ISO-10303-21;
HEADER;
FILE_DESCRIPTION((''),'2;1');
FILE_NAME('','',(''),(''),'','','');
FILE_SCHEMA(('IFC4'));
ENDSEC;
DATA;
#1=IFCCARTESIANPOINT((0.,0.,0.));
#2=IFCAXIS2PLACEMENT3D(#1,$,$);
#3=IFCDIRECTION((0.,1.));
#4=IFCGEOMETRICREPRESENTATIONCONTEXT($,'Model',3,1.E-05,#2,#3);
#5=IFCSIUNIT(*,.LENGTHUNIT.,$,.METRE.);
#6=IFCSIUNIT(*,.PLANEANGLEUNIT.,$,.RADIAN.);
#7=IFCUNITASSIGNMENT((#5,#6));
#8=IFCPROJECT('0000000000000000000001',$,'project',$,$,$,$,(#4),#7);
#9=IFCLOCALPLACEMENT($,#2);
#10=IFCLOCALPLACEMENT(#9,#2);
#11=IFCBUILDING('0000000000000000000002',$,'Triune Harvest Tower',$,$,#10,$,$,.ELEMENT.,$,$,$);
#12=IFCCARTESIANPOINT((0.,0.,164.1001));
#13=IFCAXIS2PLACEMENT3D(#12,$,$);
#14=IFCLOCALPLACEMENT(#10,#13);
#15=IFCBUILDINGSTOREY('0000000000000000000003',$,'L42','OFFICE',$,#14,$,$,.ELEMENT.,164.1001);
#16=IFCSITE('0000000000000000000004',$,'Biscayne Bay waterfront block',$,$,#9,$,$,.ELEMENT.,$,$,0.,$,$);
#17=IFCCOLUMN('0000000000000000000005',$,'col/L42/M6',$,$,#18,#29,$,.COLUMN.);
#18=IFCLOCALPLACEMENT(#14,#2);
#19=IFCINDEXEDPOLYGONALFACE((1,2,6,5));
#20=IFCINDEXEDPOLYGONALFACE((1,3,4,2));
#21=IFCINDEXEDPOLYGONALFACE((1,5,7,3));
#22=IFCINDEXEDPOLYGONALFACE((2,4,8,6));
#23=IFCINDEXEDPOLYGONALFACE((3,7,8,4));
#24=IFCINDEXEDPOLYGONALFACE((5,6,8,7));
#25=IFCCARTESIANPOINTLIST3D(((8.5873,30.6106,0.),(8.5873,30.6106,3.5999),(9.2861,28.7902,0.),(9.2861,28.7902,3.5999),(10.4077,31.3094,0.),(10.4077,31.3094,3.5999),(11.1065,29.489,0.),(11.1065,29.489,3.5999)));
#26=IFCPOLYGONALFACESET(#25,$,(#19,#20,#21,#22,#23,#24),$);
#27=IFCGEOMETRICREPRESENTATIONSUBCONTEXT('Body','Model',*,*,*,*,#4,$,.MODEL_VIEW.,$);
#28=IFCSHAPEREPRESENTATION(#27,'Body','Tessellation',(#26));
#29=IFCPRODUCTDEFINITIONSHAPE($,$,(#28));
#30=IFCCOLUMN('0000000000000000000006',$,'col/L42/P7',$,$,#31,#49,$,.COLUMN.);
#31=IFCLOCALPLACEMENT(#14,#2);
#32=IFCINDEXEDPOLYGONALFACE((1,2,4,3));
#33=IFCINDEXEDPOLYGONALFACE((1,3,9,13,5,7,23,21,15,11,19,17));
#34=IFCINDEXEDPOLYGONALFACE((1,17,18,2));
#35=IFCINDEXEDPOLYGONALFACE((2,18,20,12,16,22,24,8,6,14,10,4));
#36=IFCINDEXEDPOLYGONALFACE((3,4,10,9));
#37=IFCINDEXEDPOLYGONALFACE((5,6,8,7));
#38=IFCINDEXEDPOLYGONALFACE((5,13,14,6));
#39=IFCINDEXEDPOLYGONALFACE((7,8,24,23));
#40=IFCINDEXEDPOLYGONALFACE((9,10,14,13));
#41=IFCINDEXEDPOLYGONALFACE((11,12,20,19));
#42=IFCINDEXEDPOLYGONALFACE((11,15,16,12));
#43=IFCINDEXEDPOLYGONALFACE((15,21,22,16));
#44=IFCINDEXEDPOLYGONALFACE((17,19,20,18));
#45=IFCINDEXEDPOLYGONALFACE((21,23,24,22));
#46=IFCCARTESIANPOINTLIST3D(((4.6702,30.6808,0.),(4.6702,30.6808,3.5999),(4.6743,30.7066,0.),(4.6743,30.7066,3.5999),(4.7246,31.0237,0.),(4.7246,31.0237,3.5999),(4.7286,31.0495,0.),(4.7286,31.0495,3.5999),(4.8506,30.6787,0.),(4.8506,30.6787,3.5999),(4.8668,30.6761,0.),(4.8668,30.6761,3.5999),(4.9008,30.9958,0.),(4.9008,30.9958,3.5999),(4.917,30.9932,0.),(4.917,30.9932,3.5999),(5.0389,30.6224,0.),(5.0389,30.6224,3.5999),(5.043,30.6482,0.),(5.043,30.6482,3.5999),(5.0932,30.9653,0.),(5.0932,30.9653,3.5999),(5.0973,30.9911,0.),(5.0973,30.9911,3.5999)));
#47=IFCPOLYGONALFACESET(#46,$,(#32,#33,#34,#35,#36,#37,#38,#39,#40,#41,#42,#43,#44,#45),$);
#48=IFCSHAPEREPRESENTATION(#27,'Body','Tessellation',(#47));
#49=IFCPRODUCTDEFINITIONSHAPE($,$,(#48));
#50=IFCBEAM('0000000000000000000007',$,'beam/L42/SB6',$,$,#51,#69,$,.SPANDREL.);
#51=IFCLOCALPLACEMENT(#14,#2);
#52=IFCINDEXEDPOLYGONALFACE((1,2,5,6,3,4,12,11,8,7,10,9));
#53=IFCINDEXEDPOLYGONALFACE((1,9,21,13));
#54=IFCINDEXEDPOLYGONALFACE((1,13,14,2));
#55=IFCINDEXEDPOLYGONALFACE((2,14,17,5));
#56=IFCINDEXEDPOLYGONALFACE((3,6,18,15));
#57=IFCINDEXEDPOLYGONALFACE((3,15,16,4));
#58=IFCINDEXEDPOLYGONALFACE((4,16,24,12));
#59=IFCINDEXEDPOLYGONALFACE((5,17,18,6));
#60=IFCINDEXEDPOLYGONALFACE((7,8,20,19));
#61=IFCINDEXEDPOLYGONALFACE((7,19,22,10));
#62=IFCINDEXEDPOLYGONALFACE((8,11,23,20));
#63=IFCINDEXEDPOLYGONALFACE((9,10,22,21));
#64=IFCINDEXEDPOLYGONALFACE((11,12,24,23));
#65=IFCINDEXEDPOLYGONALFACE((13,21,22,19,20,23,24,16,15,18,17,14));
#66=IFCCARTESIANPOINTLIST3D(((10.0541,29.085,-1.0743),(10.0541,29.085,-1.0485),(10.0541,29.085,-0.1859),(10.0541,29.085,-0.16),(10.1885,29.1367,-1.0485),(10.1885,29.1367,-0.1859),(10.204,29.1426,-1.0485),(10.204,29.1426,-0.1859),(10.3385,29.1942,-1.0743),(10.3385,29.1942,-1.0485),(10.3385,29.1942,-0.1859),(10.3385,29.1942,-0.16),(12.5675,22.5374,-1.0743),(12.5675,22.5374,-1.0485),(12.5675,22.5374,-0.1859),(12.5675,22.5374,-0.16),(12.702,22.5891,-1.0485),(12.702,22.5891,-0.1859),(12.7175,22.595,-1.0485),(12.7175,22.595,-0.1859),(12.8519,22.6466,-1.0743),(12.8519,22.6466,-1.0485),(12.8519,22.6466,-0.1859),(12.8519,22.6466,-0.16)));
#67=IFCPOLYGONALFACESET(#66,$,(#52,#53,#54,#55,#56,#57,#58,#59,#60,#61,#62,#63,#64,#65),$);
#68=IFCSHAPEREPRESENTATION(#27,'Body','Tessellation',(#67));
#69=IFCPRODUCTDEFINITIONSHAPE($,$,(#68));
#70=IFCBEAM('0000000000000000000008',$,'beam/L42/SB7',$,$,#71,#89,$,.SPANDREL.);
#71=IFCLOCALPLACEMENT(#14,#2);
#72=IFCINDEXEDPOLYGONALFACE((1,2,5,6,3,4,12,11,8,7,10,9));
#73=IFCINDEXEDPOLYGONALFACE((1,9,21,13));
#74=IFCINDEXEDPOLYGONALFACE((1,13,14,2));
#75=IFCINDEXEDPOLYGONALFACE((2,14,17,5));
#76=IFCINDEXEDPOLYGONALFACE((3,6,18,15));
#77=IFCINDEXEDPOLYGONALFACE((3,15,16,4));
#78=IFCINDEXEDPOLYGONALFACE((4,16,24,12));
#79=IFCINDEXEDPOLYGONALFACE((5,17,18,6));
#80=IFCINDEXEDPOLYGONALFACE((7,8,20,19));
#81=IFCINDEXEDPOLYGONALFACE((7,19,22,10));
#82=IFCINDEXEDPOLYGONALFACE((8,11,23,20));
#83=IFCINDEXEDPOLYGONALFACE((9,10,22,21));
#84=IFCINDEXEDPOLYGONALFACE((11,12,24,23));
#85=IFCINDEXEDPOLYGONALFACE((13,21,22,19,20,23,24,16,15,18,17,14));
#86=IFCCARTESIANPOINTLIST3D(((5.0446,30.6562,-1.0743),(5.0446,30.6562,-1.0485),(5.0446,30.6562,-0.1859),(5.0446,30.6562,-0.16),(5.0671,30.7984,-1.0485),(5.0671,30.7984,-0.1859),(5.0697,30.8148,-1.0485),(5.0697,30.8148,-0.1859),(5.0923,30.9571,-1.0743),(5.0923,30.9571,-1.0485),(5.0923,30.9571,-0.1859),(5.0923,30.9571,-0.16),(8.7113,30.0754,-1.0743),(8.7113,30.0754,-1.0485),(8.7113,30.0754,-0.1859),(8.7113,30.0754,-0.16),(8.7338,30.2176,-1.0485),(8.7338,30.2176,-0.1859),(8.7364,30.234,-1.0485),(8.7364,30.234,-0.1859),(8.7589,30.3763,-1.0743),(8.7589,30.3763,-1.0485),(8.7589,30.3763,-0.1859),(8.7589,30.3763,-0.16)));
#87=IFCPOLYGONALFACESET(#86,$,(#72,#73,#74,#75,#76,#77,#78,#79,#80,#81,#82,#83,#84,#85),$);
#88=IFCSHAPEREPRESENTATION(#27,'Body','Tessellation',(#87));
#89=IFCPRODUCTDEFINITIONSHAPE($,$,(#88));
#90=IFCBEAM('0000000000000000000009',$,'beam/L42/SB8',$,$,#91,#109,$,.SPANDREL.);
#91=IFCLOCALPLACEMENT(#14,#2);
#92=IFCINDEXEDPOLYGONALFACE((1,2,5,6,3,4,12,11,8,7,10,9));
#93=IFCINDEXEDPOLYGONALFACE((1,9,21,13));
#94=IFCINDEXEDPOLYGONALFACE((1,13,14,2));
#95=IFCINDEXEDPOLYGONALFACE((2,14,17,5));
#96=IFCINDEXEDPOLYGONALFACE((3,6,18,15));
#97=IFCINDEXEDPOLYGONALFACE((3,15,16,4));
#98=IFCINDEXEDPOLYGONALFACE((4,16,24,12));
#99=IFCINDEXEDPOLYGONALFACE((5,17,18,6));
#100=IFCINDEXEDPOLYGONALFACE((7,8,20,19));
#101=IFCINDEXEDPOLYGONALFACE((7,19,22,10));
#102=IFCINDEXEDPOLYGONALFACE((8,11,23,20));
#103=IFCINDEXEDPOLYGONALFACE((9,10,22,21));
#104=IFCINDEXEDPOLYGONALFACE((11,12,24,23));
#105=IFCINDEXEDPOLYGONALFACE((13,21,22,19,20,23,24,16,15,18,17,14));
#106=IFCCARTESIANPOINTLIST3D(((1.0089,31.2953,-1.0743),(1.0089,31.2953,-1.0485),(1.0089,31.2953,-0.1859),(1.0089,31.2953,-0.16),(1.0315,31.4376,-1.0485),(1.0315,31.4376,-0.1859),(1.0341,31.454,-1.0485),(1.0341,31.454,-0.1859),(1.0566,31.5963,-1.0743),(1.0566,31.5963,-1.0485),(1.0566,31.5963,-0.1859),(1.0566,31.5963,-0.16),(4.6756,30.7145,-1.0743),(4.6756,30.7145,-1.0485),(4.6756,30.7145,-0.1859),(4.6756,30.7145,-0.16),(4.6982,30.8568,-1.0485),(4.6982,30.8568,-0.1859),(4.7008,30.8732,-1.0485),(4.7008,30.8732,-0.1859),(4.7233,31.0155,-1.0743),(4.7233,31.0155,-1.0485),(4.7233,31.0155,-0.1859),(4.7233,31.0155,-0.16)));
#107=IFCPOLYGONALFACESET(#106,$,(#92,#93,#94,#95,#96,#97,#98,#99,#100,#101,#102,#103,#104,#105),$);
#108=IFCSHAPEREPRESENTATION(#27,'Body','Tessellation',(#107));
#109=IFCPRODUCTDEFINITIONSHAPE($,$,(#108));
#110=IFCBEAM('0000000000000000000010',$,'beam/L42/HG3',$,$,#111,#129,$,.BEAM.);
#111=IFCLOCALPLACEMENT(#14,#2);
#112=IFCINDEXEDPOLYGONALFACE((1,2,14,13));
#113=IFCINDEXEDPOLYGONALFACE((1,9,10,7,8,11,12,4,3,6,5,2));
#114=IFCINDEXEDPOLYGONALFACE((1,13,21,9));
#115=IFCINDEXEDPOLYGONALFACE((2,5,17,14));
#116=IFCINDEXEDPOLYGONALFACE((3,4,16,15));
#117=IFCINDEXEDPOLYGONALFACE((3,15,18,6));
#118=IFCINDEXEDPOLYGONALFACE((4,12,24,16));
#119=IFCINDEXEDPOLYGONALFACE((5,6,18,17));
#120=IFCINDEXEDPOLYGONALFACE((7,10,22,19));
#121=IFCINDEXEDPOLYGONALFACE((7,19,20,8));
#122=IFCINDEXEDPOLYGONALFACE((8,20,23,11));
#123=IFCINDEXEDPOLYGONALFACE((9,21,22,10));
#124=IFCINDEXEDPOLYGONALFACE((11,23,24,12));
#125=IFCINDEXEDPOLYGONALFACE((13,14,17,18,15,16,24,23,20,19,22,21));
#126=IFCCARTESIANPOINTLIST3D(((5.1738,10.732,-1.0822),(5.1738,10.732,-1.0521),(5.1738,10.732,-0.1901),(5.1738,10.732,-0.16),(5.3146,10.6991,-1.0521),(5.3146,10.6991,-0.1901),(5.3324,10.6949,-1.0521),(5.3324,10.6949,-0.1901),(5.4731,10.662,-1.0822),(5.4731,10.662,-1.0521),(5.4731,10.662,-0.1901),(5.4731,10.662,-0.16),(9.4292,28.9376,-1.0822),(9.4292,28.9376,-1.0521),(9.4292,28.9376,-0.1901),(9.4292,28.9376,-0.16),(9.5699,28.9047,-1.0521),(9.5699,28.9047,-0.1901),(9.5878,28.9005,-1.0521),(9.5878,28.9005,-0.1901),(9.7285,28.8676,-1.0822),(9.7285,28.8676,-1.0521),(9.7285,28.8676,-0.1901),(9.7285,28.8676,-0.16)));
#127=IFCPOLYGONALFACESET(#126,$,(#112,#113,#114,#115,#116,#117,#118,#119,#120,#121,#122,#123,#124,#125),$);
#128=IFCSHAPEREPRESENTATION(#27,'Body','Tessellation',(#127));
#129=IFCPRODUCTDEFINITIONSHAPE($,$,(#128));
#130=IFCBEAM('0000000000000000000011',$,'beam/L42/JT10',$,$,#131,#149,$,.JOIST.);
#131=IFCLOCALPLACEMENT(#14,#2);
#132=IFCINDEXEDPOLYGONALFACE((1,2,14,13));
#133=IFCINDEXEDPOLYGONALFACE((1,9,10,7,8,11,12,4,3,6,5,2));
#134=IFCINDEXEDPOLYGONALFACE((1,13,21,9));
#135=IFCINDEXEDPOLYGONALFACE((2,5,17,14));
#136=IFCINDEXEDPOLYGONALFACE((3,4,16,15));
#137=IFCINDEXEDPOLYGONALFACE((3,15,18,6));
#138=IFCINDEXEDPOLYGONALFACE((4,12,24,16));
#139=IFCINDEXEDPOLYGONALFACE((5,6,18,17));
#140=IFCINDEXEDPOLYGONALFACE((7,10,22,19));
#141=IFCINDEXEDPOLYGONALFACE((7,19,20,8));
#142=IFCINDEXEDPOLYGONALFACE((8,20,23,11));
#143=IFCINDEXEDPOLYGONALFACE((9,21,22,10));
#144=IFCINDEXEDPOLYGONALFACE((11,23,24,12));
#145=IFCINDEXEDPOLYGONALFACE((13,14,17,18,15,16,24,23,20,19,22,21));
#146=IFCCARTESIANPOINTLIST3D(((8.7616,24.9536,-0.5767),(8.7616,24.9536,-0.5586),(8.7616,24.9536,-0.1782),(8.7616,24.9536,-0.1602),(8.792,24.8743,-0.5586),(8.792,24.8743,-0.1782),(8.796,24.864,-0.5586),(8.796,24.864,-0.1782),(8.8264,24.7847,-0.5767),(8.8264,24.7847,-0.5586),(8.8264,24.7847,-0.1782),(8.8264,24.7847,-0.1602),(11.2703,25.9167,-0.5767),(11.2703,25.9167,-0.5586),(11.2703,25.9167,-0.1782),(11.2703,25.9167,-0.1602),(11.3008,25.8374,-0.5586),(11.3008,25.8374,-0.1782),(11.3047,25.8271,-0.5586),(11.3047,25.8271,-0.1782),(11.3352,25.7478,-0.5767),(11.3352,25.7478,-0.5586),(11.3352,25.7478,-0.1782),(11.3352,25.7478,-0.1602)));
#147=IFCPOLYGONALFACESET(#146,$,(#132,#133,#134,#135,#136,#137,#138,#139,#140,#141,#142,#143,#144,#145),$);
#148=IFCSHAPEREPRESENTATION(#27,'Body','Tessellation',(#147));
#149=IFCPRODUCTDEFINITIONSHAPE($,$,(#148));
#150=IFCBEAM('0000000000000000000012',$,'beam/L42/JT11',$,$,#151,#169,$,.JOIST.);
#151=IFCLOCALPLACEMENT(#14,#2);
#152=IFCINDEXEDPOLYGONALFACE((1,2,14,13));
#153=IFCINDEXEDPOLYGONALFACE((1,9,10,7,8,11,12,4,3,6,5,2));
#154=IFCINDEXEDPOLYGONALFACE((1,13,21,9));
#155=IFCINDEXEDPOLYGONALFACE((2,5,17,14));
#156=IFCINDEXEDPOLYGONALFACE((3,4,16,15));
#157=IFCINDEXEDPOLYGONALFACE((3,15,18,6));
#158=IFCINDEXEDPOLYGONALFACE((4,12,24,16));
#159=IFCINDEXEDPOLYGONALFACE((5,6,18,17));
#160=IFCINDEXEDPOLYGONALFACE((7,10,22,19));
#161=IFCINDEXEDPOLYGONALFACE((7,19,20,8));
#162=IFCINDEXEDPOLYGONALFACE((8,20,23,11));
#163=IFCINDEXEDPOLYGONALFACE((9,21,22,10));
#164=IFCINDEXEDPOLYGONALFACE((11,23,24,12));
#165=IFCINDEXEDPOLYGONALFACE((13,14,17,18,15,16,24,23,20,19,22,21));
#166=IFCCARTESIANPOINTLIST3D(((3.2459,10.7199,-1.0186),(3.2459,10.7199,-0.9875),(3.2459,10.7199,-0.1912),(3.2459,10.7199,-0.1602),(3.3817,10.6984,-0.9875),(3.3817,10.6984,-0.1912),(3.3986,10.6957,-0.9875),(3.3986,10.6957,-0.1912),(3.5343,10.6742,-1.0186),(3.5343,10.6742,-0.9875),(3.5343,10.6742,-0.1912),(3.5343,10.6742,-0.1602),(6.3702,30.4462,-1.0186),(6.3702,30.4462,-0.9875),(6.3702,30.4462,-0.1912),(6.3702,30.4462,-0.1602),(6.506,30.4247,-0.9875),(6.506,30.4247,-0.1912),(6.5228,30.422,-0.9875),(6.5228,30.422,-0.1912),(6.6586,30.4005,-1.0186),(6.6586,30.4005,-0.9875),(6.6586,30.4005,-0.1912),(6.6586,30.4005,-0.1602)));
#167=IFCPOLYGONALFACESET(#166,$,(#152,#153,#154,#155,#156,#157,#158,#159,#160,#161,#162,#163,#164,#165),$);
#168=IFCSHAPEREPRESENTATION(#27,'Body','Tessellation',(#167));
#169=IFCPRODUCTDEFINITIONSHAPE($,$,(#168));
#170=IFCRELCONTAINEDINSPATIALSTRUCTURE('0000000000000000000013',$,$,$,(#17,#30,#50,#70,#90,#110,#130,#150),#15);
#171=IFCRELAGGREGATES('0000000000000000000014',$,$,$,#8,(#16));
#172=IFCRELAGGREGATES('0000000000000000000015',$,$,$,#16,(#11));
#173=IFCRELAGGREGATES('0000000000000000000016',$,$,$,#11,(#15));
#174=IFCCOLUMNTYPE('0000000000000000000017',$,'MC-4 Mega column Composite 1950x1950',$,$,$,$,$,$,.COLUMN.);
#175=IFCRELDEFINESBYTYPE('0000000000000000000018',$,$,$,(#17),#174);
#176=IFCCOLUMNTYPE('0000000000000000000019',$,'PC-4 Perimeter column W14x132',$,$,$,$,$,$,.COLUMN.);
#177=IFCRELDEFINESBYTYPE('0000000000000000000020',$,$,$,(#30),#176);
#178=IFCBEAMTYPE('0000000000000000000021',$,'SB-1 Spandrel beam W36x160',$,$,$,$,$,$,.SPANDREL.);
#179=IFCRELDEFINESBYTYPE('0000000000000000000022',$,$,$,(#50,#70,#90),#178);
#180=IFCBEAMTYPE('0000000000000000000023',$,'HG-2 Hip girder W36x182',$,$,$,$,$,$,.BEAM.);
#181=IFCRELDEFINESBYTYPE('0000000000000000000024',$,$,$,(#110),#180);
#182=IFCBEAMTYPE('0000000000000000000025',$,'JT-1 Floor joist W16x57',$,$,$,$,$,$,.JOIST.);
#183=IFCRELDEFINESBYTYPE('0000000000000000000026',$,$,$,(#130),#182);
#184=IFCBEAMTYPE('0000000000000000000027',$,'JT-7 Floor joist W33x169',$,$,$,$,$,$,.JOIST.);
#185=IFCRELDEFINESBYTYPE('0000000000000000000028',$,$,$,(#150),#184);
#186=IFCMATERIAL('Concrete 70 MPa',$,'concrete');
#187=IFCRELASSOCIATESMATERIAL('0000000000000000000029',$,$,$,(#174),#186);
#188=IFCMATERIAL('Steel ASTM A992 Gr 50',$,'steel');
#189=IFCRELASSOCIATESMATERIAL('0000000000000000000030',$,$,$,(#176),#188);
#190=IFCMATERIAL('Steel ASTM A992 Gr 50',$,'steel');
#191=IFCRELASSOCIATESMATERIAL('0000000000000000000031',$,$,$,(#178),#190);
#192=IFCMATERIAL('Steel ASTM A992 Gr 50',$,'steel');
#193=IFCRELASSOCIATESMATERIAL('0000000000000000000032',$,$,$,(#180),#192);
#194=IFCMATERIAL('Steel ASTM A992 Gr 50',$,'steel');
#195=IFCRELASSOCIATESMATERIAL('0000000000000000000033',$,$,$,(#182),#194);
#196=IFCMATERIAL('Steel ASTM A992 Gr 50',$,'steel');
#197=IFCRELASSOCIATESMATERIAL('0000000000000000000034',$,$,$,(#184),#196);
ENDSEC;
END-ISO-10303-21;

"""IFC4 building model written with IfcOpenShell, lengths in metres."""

from ifc_helpers import new_model, si_unit, direction, frame, origin, origin_2d, place, context, subcontext, project, spatial, rectangle, i_section, extrude, source, transform, mapped, material, material_profile, profile_set, type_object, element, save


model = new_model("IFC4")

# Units and contexts
model_context = context("Model", 3, precision=1e-05, world=origin(), true_north=direction((0.0, 1.0)))
body_context = subcontext(model_context, "Body", "Model", "MODEL_VIEW")
ifc_project = project(units=[si_unit("LENGTHUNIT", "METRE"), si_unit("PLANEANGLEUNIT", "RADIAN")], contexts=[model_context])

# Site, building, storey
site_placement = place(None, origin())
site = spatial("IfcSite", under=ifc_project, at=site_placement, Name="Biscayne Bay waterfront block", CompositionType="ELEMENT", RefElevation=0.0)
building_placement = place(site_placement, origin())
building = spatial("IfcBuilding", under=site, at=building_placement, Name="Triune Harvest Tower", CompositionType="ELEMENT")
storey_placement = place(building_placement, frame((0.0, 0.0, 164.1001)))
storey = spatial("IfcBuildingStorey", under=building, at=storey_placement, Name="L42", Description="OFFICE", CompositionType="ELEMENT", Elevation=164.1001)

# Columns
ifc_material_1 = material(Name="Concrete 70 MPa", Category="concrete")
ifc_material_profile_1 = material_profile(ifc_material_1, rectangle(XDim=1.95, YDim=1.95, at=origin_2d()), Name="Composite 1950x1950")
ifc_profile_set_1 = profile_set([ifc_material_profile_1], Name="Concrete 70 MPa")
column_type_1 = type_object("IfcColumnType", Name="MC-4 Mega column Composite 1950x1950", PredefinedType="COLUMN", material=ifc_profile_set_1)
shared_shape_1 = source(origin(), body_context, "Body", "SweptSolid", [
    extrude(rectangle(XDim=1.95, YDim=1.95, at=origin_2d()), origin(), (0.0, 0.0, 1.0), 3.5999),
])
column_1_placement = place(storey_placement, frame((9.8469, 30.0498, 0.0), z_axis=(0.0, 0.0, 1.0), x_axis=(-0.358368, 0.93358, 0.0)))
element("IfcColumn", 1, at=column_1_placement, inside=storey, type_object=column_type_1, Name="col/L42/M6", PredefinedType="COLUMN", context=body_context, shape_type="MappedRepresentation", body=[
    mapped(shared_shape_1, transform((0.0, 0.0, 0.0), scale=1.0)),
])
ifc_material_2 = material(Name="Steel ASTM A992 Gr 50", Category="steel")
ifc_material_profile_2 = material_profile(ifc_material_2, i_section(OverallWidth=0.3733, OverallDepth=0.3733, WebThickness=0.0164, FlangeThickness=0.0261, at=origin_2d()), Name="W14x132")
ifc_profile_set_2 = profile_set([ifc_material_profile_2], Name="Steel ASTM A992 Gr 50")
column_type_2 = type_object("IfcColumnType", Name="PC-4 Perimeter column W14x132", PredefinedType="COLUMN", material=ifc_profile_set_2)
shared_shape_2 = source(origin(), body_context, "Body", "SweptSolid", [
    extrude(i_section(OverallWidth=0.3733, OverallDepth=0.3733, WebThickness=0.0164, FlangeThickness=0.0261, at=origin_2d()), origin(), (0.0, 0.0, 1.0), 3.5999),
])
column_2_placement = place(storey_placement, frame((4.8838, 30.8359, 0.0), z_axis=(0.0, 0.0, 1.0), x_axis=(-0.987688, 0.156434, 0.0)))
element("IfcColumn", 2, at=column_2_placement, inside=storey, type_object=column_type_2, Name="col/L42/P7", PredefinedType="COLUMN", context=body_context, shape_type="MappedRepresentation", body=[
    mapped(shared_shape_2, transform((0.0, 0.0, 0.0), scale=1.0)),
])

# Beams
ifc_material_3 = material(Name="Steel ASTM A992 Gr 50", Category="steel")
ifc_material_profile_3 = material_profile(ifc_material_3, i_section(OverallWidth=0.3047, OverallDepth=0.9143, WebThickness=0.0166, FlangeThickness=0.0259, at=origin_2d()), Name="W36x160")
ifc_profile_set_3 = profile_set([ifc_material_profile_3], Name="Steel ASTM A992 Gr 50")
beam_type_1 = type_object("IfcBeamType", Name="SB-1 Spandrel beam W36x160", PredefinedType="SPANDREL", material=ifc_profile_set_3)
shared_shape_3 = source(origin(), body_context, "Body", "SweptSolid", [
    extrude(i_section(OverallWidth=0.3047, OverallDepth=0.9143, WebThickness=0.0166, FlangeThickness=0.0259, at=origin_2d()), origin(), (0.0, 0.0, 1.0), 7.0134),
])
beam_1_placement = place(storey_placement, frame((12.7097, 22.592, -0.6172), z_axis=(-0.358373, 0.933579, 0.0), x_axis=(-0.933579, -0.358373, 0.0)))
element("IfcBeam", 3, at=beam_1_placement, inside=storey, type_object=beam_type_1, Name="beam/L42/SB6", PredefinedType="SPANDREL", context=body_context, shape_type="MappedRepresentation", body=[
    mapped(shared_shape_3, transform((0.0, 0.0, 0.0), scale=1.0)),
])
shared_shape_4 = source(origin(), body_context, "Body", "SweptSolid", [
    extrude(i_section(OverallWidth=0.3047, OverallDepth=0.9143, WebThickness=0.0166, FlangeThickness=0.0259, at=origin_2d()), origin(), (0.0, 0.0, 1.0), 3.7124),
])
for number, where, z_axis, x_axis, name in (
    (4, (8.7351, 30.2258, -0.6172), (-0.987686, 0.156449, 0.0), (-0.156449, -0.987686, 0.0), "beam/L42/SB7"),
    (5, (4.6995, 30.865, -0.6172), (-0.987686, 0.156449, 0.0), (-0.156449, -0.987686, 0.0), "beam/L42/SB8"),
):
    element("IfcBeam", number, at=place(storey_placement, frame(where, z_axis=z_axis, x_axis=x_axis)), inside=storey, type_object=beam_type_1, Name=name, PredefinedType="SPANDREL", context=body_context, shape_type="MappedRepresentation", body=[
        mapped(shared_shape_4, transform((0.0, 0.0, 0.0), scale=1.0)),
    ])
ifc_material_4 = material(Name="Steel ASTM A992 Gr 50", Category="steel")
ifc_material_profile_4 = material_profile(ifc_material_4, i_section(OverallWidth=0.3074, OverallDepth=0.9221, WebThickness=0.0183, FlangeThickness=0.03, at=origin_2d()), Name="W36x182")
ifc_profile_set_4 = profile_set([ifc_material_profile_4], Name="Steel ASTM A992 Gr 50")
beam_type_2 = type_object("IfcBeamType", Name="HG-2 Hip girder W36x182", PredefinedType="BEAM", material=ifc_profile_set_4)
shared_shape_5 = source(origin(), body_context, "Body", "SweptSolid", [
    extrude(i_section(OverallWidth=0.3074, OverallDepth=0.9221, WebThickness=0.0183, FlangeThickness=0.03, at=origin_2d()), origin(), (0.0, 0.0, 1.0), 18.6963),
])
beam_2_placement = place(storey_placement, frame((9.5789, 28.9026, -0.6211), z_axis=(-0.227605, -0.973753, 0.0), x_axis=(0.973753, -0.227605, 0.0)))
element("IfcBeam", 6, at=beam_2_placement, inside=storey, type_object=beam_type_2, Name="beam/L42/HG3", PredefinedType="BEAM", context=body_context, shape_type="MappedRepresentation", body=[
    mapped(shared_shape_5, transform((0.0, 0.0, 0.0), scale=1.0)),
])
ifc_material_5 = material(Name="Steel ASTM A992 Gr 50", Category="steel")
ifc_material_profile_5 = material_profile(ifc_material_5, i_section(OverallWidth=0.1809, OverallDepth=0.4165, WebThickness=0.011, FlangeThickness=0.0181, at=origin_2d()), Name="W16x57")
ifc_profile_set_5 = profile_set([ifc_material_profile_5], Name="Steel ASTM A992 Gr 50")
beam_type_3 = type_object("IfcBeamType", Name="JT-1 Floor joist W16x57", PredefinedType="JOIST", material=ifc_profile_set_5)
shared_shape_6 = source(origin(), body_context, "Body", "SweptSolid", [
    extrude(i_section(OverallWidth=0.1809, OverallDepth=0.4165, WebThickness=0.011, FlangeThickness=0.0181, at=origin_2d()), origin(), (0.0, 0.0, 1.0), 2.6873),
])
beam_3_placement = place(storey_placement, frame((11.3027, 25.8323, -0.3684), z_axis=(-0.933568, -0.358401, 0.0), x_axis=(0.358401, -0.933568, 0.0)))
element("IfcBeam", 7, at=beam_3_placement, inside=storey, type_object=beam_type_3, Name="beam/L42/JT10", PredefinedType="JOIST", context=body_context, shape_type="MappedRepresentation", body=[
    mapped(shared_shape_6, transform((0.0, 0.0, 0.0), scale=1.0)),
])
ifc_material_6 = material(Name="Steel ASTM A992 Gr 50", Category="steel")
ifc_material_profile_6 = material_profile(ifc_material_6, i_section(OverallWidth=0.292, OverallDepth=0.8584, WebThickness=0.0171, FlangeThickness=0.031, at=origin_2d()), Name="W33x169")
ifc_profile_set_6 = profile_set([ifc_material_profile_6], Name="Steel ASTM A992 Gr 50")
beam_type_4 = type_object("IfcBeamType", Name="JT-7 Floor joist W33x169", PredefinedType="JOIST", material=ifc_profile_set_6)
shared_shape_7 = source(origin(), body_context, "Body", "SweptSolid", [
    extrude(i_section(OverallWidth=0.292, OverallDepth=0.8584, WebThickness=0.0171, FlangeThickness=0.031, at=origin_2d()), origin(), (0.0, 0.0, 1.0), 19.9722),
])
beam_4_placement = place(storey_placement, frame((6.5144, 30.4233, -0.5894), z_axis=(-0.156431, -0.987689, 0.0), x_axis=(0.987689, -0.156431, 0.0)))
element("IfcBeam", 8, at=beam_4_placement, inside=storey, type_object=beam_type_4, Name="beam/L42/JT11", PredefinedType="JOIST", context=body_context, shape_type="MappedRepresentation", body=[
    mapped(shared_shape_7, transform((0.0, 0.0, 0.0), scale=1.0)),
])

save(model, "model.ifc")
